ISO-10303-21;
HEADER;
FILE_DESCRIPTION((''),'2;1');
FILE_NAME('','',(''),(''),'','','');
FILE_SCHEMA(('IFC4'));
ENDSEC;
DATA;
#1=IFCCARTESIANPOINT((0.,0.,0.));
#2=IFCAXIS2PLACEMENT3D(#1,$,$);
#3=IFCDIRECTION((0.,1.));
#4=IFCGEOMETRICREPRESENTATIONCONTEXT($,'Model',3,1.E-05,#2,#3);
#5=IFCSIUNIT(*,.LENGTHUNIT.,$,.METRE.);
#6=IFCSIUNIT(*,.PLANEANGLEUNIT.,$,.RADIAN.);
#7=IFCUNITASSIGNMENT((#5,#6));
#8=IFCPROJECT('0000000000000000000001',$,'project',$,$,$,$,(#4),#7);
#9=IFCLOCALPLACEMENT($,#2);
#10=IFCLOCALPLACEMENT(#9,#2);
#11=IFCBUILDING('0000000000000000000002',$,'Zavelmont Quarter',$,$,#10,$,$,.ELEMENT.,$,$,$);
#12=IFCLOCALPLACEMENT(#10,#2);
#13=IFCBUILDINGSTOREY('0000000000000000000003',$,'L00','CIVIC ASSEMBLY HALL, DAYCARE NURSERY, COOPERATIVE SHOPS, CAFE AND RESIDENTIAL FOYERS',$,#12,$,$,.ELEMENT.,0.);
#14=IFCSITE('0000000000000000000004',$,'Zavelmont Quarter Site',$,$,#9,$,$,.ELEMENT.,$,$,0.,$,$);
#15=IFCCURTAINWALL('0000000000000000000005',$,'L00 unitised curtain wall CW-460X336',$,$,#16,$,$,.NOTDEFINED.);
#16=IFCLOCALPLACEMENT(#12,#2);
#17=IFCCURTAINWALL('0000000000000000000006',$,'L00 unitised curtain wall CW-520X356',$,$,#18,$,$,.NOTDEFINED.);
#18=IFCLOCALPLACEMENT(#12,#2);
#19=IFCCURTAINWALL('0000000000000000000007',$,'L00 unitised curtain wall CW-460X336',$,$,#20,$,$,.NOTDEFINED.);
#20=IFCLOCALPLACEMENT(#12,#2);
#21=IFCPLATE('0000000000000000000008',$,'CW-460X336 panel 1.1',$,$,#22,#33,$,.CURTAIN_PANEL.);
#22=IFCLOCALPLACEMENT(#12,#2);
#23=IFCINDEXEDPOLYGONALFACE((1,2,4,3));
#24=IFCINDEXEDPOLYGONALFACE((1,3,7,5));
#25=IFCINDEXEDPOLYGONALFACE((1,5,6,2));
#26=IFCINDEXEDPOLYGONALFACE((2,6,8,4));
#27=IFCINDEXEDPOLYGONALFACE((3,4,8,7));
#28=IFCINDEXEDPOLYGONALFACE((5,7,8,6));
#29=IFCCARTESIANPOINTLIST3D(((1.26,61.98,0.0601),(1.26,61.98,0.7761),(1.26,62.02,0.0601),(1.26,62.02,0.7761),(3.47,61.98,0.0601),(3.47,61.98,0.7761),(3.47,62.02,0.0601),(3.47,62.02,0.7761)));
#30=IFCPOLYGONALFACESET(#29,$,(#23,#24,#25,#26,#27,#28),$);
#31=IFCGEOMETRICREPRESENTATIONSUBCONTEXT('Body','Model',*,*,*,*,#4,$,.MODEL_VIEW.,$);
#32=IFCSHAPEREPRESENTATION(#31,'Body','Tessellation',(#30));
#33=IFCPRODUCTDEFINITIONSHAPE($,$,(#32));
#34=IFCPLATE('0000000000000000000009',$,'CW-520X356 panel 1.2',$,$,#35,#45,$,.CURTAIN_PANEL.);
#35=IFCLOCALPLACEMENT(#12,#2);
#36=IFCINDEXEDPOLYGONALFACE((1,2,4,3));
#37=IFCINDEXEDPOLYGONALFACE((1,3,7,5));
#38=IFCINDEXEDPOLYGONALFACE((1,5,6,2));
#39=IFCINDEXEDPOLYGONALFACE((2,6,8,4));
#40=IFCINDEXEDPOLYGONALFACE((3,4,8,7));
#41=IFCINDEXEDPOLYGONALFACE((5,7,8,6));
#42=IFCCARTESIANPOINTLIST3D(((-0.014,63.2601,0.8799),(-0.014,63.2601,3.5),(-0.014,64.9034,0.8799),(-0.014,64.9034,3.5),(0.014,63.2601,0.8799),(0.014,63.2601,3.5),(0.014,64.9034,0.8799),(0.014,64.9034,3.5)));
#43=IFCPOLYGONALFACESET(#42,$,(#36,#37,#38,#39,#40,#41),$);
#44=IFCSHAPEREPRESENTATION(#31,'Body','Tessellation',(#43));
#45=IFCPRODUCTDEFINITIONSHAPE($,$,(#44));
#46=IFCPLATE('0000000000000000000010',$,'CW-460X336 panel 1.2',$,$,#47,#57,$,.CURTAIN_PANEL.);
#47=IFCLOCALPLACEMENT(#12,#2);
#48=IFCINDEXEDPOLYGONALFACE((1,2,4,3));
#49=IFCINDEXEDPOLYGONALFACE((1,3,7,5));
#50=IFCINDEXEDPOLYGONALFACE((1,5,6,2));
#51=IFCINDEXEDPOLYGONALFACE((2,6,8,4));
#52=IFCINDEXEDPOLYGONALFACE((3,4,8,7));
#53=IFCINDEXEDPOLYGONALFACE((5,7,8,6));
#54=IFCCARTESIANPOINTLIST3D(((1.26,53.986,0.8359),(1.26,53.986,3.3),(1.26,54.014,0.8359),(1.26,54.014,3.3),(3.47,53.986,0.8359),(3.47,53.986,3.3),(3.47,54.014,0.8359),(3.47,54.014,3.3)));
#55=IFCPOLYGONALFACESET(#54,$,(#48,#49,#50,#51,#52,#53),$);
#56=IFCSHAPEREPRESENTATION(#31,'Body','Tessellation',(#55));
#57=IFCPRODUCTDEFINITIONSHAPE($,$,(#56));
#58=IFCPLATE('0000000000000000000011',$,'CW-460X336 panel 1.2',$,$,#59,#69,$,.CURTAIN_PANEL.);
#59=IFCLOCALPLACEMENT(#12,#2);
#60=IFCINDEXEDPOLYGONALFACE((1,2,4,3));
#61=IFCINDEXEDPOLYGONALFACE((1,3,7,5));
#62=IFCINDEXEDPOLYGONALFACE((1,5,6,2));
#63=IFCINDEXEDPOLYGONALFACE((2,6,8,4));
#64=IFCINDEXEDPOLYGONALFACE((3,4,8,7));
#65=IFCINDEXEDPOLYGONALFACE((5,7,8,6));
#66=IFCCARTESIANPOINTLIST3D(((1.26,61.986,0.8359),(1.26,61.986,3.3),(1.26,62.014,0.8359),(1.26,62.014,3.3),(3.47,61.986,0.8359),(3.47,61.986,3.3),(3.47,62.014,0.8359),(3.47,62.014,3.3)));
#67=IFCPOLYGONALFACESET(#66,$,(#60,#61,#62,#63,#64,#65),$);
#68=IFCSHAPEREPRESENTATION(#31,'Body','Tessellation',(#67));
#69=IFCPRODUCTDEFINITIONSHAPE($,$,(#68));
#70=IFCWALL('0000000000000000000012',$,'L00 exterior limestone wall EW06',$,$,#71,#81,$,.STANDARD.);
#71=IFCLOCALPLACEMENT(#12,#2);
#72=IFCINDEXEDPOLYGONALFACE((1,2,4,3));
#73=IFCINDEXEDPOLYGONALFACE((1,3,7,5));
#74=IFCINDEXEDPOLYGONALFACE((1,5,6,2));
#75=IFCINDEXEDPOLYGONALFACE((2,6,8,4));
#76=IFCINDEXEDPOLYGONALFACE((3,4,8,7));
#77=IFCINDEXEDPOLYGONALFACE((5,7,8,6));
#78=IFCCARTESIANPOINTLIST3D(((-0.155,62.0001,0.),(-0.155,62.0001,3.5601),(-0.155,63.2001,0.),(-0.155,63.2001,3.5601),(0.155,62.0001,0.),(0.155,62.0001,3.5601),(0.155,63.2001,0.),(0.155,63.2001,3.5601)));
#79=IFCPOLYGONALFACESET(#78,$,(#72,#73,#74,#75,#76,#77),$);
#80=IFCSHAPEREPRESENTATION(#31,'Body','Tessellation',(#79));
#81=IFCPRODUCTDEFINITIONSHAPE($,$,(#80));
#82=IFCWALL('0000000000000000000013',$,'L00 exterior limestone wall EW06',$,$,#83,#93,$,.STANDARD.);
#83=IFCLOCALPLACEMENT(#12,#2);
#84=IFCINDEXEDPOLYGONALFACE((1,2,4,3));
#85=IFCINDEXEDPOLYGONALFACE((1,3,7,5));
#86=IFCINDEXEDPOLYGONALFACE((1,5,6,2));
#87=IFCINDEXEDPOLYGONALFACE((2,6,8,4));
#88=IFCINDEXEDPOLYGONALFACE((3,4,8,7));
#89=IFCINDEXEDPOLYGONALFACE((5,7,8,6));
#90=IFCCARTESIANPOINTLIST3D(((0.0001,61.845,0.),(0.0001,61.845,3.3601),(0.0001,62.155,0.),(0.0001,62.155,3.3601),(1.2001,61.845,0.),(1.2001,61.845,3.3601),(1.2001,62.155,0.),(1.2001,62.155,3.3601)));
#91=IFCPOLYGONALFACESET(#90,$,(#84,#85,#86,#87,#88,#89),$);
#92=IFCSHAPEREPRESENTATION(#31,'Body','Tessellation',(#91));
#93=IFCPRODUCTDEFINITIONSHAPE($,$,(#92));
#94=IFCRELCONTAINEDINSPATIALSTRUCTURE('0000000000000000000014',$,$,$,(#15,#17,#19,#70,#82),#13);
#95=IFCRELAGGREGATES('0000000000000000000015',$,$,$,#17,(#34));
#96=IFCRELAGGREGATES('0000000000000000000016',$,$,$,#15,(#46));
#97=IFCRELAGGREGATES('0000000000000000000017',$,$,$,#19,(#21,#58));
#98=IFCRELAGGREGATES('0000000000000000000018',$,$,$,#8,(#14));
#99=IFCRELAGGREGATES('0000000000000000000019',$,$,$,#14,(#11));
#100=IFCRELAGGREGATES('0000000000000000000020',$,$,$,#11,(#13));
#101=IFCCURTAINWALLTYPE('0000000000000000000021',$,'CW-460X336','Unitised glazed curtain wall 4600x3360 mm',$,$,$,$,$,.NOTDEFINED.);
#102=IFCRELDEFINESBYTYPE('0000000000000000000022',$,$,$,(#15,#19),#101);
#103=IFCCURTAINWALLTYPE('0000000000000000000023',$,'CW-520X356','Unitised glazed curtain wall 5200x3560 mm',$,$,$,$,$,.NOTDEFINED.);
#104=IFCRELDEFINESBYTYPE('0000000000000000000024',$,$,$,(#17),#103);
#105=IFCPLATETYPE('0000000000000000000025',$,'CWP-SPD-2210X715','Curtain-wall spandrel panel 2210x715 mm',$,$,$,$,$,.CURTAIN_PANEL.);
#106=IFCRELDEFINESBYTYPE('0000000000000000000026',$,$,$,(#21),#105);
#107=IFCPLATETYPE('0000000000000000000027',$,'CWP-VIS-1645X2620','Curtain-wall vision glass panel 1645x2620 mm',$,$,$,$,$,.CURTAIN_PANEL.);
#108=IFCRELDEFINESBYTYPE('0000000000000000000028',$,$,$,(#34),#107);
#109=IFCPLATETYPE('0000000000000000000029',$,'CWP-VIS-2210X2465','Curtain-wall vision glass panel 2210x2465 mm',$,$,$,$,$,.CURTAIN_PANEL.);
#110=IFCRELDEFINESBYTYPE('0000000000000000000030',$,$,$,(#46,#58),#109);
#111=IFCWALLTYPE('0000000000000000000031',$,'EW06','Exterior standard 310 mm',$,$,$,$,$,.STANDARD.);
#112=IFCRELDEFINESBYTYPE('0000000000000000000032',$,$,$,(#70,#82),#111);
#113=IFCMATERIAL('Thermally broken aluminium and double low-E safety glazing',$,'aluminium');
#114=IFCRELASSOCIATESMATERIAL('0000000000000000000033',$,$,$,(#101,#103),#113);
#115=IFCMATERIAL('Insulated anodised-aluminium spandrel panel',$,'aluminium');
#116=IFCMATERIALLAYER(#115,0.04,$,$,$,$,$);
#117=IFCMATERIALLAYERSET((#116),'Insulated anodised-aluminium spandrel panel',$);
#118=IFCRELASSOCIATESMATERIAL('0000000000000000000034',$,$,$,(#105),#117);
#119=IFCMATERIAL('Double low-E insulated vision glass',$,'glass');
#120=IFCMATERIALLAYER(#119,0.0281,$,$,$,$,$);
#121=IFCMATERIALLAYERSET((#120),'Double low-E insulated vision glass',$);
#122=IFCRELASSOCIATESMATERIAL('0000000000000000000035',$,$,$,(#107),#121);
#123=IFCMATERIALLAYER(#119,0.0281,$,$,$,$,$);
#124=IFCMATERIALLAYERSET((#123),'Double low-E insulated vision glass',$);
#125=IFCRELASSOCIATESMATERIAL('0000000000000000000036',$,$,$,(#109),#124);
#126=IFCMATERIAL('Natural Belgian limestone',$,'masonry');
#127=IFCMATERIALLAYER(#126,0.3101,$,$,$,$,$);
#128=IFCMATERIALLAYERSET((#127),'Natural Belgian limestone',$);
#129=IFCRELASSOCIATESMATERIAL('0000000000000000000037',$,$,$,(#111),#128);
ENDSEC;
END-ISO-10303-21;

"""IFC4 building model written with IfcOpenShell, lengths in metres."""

from ifc_helpers import new_model, si_unit, direction, frame, frame_2d, origin, origin_2d, place, context, subcontext, project, spatial, rectangle, extrude, material, layer, layer_set, type_object, element, aggregate, save


model = new_model("IFC4")

# Units and contexts
model_context = context("Model", 3, precision=1e-05, world=origin(), true_north=direction((0.0, 1.0)))
body_context = subcontext(model_context, "Body", "Model", "MODEL_VIEW")
ifc_project = project(units=[si_unit("LENGTHUNIT", "METRE"), si_unit("PLANEANGLEUNIT", "RADIAN")], contexts=[model_context])

# Site, building, storey
site_placement = place(None, origin())
site = spatial("IfcSite", under=ifc_project, at=site_placement, Name="Zavelmont Quarter Site", CompositionType="ELEMENT", RefElevation=0.0)
building_placement = place(site_placement, origin())
building = spatial("IfcBuilding", under=site, at=building_placement, Name="Zavelmont Quarter", CompositionType="ELEMENT")
storey_placement = place(building_placement, origin())
storey = spatial("IfcBuildingStorey", under=building, at=storey_placement, Name="L00", Description="CIVIC ASSEMBLY HALL, DAYCARE NURSERY, COOPERATIVE SHOPS, CAFE AND RESIDENTIAL FOYERS", CompositionType="ELEMENT", Elevation=0.0)

# Curtain walls
ifc_material_1 = material(Name="Thermally broken aluminium and double low-E safety glazing", Category="aluminium")
curtain_wall_type_1 = type_object("IfcCurtainWallType", Name="CW-460X336", Description="Unitised glazed curtain wall 4600x3360 mm", PredefinedType="NOTDEFINED", material=ifc_material_1)
curtain_wall_1_placement = place(storey_placement, origin())
curtain_wall_1 = element("IfcCurtainWall", 1, at=curtain_wall_1_placement, inside=storey, type_object=curtain_wall_type_1, Name="L00 unitised curtain wall CW-460X336", PredefinedType="NOTDEFINED")
curtain_wall_type_2 = type_object("IfcCurtainWallType", Name="CW-520X356", Description="Unitised glazed curtain wall 5200x3560 mm", PredefinedType="NOTDEFINED", material=ifc_material_1)
curtain_wall_2_placement = place(storey_placement, origin())
curtain_wall_2 = element("IfcCurtainWall", 2, at=curtain_wall_2_placement, inside=storey, type_object=curtain_wall_type_2, Name="L00 unitised curtain wall CW-520X356", PredefinedType="NOTDEFINED")

# Curtain wall
curtain_wall_3_placement = place(storey_placement, origin())
curtain_wall_3 = element("IfcCurtainWall", 3, at=curtain_wall_3_placement, inside=storey, type_object=curtain_wall_type_1, Name="L00 unitised curtain wall CW-460X336", PredefinedType="NOTDEFINED")

# Plates
ifc_material_2 = material(Name="Insulated anodised-aluminium spandrel panel", Category="aluminium")
ifc_layer_1 = layer(ifc_material_2, 0.04)
ifc_layer_set_1 = layer_set([ifc_layer_1], Name="Insulated anodised-aluminium spandrel panel")
plate_type_1 = type_object("IfcPlateType", Name="CWP-SPD-2210X715", Description="Curtain-wall spandrel panel 2210x715 mm", PredefinedType="CURTAIN_PANEL", material=ifc_layer_set_1)
plate_1_placement = place(storey_placement, frame((2.365, 62.0, 0.0601), z_axis=(0.0, 0.0, 1.0), x_axis=(1.0, 0.0, 0.0)))
plate_1 = element("IfcPlate", 4, at=plate_1_placement, type_object=plate_type_1, Name="CW-460X336 panel 1.1", PredefinedType="CURTAIN_PANEL", context=body_context, shape_type="SweptSolid", body=[
    extrude(rectangle(XDim=2.21, YDim=0.04, at=origin_2d()), origin(), (0.0, 0.0, 1.0), 0.7161),
])
ifc_material_3 = material(Name="Double low-E insulated vision glass", Category="glass")
ifc_layer_2 = layer(ifc_material_3, 0.0281)
ifc_layer_set_2 = layer_set([ifc_layer_2], Name="Double low-E insulated vision glass")
plate_type_2 = type_object("IfcPlateType", Name="CWP-VIS-1645X2620", Description="Curtain-wall vision glass panel 1645x2620 mm", PredefinedType="CURTAIN_PANEL", material=ifc_layer_set_2)
plate_2_placement = place(storey_placement, frame((0.0, 64.0818, 0.8799), z_axis=(0.0, 0.0, 1.0), x_axis=(0.0, 1.0, 0.0)))
plate_2 = element("IfcPlate", 5, at=plate_2_placement, type_object=plate_type_2, Name="CW-520X356 panel 1.2", PredefinedType="CURTAIN_PANEL", context=body_context, shape_type="SweptSolid", body=[
    extrude(rectangle(XDim=1.6433, YDim=0.0281, at=origin_2d()), origin(), (0.0, 0.0, 1.0), 2.6201),
])
aggregate(curtain_wall_2, [plate_2])
ifc_layer_3 = layer(ifc_material_3, 0.0281)
ifc_layer_set_3 = layer_set([ifc_layer_3], Name="Double low-E insulated vision glass")
plate_type_3 = type_object("IfcPlateType", Name="CWP-VIS-2210X2465", Description="Curtain-wall vision glass panel 2210x2465 mm", PredefinedType="CURTAIN_PANEL", material=ifc_layer_set_3)
plate_3_placement = place(storey_placement, frame((2.365, 54.0, 0.8359), z_axis=(0.0, 0.0, 1.0), x_axis=(1.0, 0.0, 0.0)))
plate_3 = element("IfcPlate", 6, at=plate_3_placement, type_object=plate_type_3, Name="CW-460X336 panel 1.2", PredefinedType="CURTAIN_PANEL", context=body_context, shape_type="SweptSolid", body=[
    extrude(rectangle(XDim=2.21, YDim=0.0281, at=origin_2d()), origin(), (0.0, 0.0, 1.0), 2.4641),
])
aggregate(curtain_wall_1, [plate_3])
plate_4_placement = place(storey_placement, frame((2.365, 62.0, 0.8359), z_axis=(0.0, 0.0, 1.0), x_axis=(1.0, 0.0, 0.0)))
plate_4 = element("IfcPlate", 7, at=plate_4_placement, type_object=plate_type_3, Name="CW-460X336 panel 1.2", PredefinedType="CURTAIN_PANEL", context=body_context, shape_type="SweptSolid", body=[
    extrude(rectangle(XDim=2.21, YDim=0.0281, at=origin_2d()), origin(), (0.0, 0.0, 1.0), 2.4641),
])
aggregate(curtain_wall_3, [plate_1, plate_4])

# Walls
ifc_material_4 = material(Name="Natural Belgian limestone", Category="masonry")
ifc_layer_4 = layer(ifc_material_4, 0.3101)
ifc_layer_set_4 = layer_set([ifc_layer_4], Name="Natural Belgian limestone")
wall_type = type_object("IfcWallType", Name="EW06", Description="Exterior standard 310 mm", PredefinedType="STANDARD", material=ifc_layer_set_4)
wall_1_placement = place(storey_placement, frame((0.0, 62.0, 0.0), z_axis=(0.0, 0.0, 1.0), x_axis=(0.0, 1.0, 0.0)))
element("IfcWall", 8, at=wall_1_placement, inside=storey, type_object=wall_type, Name="L00 exterior limestone wall EW06", PredefinedType="STANDARD", context=body_context, shape_type="SweptSolid", body=[
    extrude(rectangle(XDim=1.2, YDim=0.3101, at=frame_2d((0.6001, 0.0))), origin(), (0.0, 0.0, 1.0), 3.5601),
])
wall_2_placement = place(storey_placement, frame((0.0, 62.0, 0.0), z_axis=(0.0, 0.0, 1.0), x_axis=(1.0, 0.0, 0.0)))
element("IfcWall", 9, at=wall_2_placement, inside=storey, type_object=wall_type, Name="L00 exterior limestone wall EW06", PredefinedType="STANDARD", context=body_context, shape_type="SweptSolid", body=[
    extrude(rectangle(XDim=1.2, YDim=0.3101, at=frame_2d((0.6001, 0.0))), origin(), (0.0, 0.0, 1.0), 3.3601),
])

save(model, "model.ifc")
